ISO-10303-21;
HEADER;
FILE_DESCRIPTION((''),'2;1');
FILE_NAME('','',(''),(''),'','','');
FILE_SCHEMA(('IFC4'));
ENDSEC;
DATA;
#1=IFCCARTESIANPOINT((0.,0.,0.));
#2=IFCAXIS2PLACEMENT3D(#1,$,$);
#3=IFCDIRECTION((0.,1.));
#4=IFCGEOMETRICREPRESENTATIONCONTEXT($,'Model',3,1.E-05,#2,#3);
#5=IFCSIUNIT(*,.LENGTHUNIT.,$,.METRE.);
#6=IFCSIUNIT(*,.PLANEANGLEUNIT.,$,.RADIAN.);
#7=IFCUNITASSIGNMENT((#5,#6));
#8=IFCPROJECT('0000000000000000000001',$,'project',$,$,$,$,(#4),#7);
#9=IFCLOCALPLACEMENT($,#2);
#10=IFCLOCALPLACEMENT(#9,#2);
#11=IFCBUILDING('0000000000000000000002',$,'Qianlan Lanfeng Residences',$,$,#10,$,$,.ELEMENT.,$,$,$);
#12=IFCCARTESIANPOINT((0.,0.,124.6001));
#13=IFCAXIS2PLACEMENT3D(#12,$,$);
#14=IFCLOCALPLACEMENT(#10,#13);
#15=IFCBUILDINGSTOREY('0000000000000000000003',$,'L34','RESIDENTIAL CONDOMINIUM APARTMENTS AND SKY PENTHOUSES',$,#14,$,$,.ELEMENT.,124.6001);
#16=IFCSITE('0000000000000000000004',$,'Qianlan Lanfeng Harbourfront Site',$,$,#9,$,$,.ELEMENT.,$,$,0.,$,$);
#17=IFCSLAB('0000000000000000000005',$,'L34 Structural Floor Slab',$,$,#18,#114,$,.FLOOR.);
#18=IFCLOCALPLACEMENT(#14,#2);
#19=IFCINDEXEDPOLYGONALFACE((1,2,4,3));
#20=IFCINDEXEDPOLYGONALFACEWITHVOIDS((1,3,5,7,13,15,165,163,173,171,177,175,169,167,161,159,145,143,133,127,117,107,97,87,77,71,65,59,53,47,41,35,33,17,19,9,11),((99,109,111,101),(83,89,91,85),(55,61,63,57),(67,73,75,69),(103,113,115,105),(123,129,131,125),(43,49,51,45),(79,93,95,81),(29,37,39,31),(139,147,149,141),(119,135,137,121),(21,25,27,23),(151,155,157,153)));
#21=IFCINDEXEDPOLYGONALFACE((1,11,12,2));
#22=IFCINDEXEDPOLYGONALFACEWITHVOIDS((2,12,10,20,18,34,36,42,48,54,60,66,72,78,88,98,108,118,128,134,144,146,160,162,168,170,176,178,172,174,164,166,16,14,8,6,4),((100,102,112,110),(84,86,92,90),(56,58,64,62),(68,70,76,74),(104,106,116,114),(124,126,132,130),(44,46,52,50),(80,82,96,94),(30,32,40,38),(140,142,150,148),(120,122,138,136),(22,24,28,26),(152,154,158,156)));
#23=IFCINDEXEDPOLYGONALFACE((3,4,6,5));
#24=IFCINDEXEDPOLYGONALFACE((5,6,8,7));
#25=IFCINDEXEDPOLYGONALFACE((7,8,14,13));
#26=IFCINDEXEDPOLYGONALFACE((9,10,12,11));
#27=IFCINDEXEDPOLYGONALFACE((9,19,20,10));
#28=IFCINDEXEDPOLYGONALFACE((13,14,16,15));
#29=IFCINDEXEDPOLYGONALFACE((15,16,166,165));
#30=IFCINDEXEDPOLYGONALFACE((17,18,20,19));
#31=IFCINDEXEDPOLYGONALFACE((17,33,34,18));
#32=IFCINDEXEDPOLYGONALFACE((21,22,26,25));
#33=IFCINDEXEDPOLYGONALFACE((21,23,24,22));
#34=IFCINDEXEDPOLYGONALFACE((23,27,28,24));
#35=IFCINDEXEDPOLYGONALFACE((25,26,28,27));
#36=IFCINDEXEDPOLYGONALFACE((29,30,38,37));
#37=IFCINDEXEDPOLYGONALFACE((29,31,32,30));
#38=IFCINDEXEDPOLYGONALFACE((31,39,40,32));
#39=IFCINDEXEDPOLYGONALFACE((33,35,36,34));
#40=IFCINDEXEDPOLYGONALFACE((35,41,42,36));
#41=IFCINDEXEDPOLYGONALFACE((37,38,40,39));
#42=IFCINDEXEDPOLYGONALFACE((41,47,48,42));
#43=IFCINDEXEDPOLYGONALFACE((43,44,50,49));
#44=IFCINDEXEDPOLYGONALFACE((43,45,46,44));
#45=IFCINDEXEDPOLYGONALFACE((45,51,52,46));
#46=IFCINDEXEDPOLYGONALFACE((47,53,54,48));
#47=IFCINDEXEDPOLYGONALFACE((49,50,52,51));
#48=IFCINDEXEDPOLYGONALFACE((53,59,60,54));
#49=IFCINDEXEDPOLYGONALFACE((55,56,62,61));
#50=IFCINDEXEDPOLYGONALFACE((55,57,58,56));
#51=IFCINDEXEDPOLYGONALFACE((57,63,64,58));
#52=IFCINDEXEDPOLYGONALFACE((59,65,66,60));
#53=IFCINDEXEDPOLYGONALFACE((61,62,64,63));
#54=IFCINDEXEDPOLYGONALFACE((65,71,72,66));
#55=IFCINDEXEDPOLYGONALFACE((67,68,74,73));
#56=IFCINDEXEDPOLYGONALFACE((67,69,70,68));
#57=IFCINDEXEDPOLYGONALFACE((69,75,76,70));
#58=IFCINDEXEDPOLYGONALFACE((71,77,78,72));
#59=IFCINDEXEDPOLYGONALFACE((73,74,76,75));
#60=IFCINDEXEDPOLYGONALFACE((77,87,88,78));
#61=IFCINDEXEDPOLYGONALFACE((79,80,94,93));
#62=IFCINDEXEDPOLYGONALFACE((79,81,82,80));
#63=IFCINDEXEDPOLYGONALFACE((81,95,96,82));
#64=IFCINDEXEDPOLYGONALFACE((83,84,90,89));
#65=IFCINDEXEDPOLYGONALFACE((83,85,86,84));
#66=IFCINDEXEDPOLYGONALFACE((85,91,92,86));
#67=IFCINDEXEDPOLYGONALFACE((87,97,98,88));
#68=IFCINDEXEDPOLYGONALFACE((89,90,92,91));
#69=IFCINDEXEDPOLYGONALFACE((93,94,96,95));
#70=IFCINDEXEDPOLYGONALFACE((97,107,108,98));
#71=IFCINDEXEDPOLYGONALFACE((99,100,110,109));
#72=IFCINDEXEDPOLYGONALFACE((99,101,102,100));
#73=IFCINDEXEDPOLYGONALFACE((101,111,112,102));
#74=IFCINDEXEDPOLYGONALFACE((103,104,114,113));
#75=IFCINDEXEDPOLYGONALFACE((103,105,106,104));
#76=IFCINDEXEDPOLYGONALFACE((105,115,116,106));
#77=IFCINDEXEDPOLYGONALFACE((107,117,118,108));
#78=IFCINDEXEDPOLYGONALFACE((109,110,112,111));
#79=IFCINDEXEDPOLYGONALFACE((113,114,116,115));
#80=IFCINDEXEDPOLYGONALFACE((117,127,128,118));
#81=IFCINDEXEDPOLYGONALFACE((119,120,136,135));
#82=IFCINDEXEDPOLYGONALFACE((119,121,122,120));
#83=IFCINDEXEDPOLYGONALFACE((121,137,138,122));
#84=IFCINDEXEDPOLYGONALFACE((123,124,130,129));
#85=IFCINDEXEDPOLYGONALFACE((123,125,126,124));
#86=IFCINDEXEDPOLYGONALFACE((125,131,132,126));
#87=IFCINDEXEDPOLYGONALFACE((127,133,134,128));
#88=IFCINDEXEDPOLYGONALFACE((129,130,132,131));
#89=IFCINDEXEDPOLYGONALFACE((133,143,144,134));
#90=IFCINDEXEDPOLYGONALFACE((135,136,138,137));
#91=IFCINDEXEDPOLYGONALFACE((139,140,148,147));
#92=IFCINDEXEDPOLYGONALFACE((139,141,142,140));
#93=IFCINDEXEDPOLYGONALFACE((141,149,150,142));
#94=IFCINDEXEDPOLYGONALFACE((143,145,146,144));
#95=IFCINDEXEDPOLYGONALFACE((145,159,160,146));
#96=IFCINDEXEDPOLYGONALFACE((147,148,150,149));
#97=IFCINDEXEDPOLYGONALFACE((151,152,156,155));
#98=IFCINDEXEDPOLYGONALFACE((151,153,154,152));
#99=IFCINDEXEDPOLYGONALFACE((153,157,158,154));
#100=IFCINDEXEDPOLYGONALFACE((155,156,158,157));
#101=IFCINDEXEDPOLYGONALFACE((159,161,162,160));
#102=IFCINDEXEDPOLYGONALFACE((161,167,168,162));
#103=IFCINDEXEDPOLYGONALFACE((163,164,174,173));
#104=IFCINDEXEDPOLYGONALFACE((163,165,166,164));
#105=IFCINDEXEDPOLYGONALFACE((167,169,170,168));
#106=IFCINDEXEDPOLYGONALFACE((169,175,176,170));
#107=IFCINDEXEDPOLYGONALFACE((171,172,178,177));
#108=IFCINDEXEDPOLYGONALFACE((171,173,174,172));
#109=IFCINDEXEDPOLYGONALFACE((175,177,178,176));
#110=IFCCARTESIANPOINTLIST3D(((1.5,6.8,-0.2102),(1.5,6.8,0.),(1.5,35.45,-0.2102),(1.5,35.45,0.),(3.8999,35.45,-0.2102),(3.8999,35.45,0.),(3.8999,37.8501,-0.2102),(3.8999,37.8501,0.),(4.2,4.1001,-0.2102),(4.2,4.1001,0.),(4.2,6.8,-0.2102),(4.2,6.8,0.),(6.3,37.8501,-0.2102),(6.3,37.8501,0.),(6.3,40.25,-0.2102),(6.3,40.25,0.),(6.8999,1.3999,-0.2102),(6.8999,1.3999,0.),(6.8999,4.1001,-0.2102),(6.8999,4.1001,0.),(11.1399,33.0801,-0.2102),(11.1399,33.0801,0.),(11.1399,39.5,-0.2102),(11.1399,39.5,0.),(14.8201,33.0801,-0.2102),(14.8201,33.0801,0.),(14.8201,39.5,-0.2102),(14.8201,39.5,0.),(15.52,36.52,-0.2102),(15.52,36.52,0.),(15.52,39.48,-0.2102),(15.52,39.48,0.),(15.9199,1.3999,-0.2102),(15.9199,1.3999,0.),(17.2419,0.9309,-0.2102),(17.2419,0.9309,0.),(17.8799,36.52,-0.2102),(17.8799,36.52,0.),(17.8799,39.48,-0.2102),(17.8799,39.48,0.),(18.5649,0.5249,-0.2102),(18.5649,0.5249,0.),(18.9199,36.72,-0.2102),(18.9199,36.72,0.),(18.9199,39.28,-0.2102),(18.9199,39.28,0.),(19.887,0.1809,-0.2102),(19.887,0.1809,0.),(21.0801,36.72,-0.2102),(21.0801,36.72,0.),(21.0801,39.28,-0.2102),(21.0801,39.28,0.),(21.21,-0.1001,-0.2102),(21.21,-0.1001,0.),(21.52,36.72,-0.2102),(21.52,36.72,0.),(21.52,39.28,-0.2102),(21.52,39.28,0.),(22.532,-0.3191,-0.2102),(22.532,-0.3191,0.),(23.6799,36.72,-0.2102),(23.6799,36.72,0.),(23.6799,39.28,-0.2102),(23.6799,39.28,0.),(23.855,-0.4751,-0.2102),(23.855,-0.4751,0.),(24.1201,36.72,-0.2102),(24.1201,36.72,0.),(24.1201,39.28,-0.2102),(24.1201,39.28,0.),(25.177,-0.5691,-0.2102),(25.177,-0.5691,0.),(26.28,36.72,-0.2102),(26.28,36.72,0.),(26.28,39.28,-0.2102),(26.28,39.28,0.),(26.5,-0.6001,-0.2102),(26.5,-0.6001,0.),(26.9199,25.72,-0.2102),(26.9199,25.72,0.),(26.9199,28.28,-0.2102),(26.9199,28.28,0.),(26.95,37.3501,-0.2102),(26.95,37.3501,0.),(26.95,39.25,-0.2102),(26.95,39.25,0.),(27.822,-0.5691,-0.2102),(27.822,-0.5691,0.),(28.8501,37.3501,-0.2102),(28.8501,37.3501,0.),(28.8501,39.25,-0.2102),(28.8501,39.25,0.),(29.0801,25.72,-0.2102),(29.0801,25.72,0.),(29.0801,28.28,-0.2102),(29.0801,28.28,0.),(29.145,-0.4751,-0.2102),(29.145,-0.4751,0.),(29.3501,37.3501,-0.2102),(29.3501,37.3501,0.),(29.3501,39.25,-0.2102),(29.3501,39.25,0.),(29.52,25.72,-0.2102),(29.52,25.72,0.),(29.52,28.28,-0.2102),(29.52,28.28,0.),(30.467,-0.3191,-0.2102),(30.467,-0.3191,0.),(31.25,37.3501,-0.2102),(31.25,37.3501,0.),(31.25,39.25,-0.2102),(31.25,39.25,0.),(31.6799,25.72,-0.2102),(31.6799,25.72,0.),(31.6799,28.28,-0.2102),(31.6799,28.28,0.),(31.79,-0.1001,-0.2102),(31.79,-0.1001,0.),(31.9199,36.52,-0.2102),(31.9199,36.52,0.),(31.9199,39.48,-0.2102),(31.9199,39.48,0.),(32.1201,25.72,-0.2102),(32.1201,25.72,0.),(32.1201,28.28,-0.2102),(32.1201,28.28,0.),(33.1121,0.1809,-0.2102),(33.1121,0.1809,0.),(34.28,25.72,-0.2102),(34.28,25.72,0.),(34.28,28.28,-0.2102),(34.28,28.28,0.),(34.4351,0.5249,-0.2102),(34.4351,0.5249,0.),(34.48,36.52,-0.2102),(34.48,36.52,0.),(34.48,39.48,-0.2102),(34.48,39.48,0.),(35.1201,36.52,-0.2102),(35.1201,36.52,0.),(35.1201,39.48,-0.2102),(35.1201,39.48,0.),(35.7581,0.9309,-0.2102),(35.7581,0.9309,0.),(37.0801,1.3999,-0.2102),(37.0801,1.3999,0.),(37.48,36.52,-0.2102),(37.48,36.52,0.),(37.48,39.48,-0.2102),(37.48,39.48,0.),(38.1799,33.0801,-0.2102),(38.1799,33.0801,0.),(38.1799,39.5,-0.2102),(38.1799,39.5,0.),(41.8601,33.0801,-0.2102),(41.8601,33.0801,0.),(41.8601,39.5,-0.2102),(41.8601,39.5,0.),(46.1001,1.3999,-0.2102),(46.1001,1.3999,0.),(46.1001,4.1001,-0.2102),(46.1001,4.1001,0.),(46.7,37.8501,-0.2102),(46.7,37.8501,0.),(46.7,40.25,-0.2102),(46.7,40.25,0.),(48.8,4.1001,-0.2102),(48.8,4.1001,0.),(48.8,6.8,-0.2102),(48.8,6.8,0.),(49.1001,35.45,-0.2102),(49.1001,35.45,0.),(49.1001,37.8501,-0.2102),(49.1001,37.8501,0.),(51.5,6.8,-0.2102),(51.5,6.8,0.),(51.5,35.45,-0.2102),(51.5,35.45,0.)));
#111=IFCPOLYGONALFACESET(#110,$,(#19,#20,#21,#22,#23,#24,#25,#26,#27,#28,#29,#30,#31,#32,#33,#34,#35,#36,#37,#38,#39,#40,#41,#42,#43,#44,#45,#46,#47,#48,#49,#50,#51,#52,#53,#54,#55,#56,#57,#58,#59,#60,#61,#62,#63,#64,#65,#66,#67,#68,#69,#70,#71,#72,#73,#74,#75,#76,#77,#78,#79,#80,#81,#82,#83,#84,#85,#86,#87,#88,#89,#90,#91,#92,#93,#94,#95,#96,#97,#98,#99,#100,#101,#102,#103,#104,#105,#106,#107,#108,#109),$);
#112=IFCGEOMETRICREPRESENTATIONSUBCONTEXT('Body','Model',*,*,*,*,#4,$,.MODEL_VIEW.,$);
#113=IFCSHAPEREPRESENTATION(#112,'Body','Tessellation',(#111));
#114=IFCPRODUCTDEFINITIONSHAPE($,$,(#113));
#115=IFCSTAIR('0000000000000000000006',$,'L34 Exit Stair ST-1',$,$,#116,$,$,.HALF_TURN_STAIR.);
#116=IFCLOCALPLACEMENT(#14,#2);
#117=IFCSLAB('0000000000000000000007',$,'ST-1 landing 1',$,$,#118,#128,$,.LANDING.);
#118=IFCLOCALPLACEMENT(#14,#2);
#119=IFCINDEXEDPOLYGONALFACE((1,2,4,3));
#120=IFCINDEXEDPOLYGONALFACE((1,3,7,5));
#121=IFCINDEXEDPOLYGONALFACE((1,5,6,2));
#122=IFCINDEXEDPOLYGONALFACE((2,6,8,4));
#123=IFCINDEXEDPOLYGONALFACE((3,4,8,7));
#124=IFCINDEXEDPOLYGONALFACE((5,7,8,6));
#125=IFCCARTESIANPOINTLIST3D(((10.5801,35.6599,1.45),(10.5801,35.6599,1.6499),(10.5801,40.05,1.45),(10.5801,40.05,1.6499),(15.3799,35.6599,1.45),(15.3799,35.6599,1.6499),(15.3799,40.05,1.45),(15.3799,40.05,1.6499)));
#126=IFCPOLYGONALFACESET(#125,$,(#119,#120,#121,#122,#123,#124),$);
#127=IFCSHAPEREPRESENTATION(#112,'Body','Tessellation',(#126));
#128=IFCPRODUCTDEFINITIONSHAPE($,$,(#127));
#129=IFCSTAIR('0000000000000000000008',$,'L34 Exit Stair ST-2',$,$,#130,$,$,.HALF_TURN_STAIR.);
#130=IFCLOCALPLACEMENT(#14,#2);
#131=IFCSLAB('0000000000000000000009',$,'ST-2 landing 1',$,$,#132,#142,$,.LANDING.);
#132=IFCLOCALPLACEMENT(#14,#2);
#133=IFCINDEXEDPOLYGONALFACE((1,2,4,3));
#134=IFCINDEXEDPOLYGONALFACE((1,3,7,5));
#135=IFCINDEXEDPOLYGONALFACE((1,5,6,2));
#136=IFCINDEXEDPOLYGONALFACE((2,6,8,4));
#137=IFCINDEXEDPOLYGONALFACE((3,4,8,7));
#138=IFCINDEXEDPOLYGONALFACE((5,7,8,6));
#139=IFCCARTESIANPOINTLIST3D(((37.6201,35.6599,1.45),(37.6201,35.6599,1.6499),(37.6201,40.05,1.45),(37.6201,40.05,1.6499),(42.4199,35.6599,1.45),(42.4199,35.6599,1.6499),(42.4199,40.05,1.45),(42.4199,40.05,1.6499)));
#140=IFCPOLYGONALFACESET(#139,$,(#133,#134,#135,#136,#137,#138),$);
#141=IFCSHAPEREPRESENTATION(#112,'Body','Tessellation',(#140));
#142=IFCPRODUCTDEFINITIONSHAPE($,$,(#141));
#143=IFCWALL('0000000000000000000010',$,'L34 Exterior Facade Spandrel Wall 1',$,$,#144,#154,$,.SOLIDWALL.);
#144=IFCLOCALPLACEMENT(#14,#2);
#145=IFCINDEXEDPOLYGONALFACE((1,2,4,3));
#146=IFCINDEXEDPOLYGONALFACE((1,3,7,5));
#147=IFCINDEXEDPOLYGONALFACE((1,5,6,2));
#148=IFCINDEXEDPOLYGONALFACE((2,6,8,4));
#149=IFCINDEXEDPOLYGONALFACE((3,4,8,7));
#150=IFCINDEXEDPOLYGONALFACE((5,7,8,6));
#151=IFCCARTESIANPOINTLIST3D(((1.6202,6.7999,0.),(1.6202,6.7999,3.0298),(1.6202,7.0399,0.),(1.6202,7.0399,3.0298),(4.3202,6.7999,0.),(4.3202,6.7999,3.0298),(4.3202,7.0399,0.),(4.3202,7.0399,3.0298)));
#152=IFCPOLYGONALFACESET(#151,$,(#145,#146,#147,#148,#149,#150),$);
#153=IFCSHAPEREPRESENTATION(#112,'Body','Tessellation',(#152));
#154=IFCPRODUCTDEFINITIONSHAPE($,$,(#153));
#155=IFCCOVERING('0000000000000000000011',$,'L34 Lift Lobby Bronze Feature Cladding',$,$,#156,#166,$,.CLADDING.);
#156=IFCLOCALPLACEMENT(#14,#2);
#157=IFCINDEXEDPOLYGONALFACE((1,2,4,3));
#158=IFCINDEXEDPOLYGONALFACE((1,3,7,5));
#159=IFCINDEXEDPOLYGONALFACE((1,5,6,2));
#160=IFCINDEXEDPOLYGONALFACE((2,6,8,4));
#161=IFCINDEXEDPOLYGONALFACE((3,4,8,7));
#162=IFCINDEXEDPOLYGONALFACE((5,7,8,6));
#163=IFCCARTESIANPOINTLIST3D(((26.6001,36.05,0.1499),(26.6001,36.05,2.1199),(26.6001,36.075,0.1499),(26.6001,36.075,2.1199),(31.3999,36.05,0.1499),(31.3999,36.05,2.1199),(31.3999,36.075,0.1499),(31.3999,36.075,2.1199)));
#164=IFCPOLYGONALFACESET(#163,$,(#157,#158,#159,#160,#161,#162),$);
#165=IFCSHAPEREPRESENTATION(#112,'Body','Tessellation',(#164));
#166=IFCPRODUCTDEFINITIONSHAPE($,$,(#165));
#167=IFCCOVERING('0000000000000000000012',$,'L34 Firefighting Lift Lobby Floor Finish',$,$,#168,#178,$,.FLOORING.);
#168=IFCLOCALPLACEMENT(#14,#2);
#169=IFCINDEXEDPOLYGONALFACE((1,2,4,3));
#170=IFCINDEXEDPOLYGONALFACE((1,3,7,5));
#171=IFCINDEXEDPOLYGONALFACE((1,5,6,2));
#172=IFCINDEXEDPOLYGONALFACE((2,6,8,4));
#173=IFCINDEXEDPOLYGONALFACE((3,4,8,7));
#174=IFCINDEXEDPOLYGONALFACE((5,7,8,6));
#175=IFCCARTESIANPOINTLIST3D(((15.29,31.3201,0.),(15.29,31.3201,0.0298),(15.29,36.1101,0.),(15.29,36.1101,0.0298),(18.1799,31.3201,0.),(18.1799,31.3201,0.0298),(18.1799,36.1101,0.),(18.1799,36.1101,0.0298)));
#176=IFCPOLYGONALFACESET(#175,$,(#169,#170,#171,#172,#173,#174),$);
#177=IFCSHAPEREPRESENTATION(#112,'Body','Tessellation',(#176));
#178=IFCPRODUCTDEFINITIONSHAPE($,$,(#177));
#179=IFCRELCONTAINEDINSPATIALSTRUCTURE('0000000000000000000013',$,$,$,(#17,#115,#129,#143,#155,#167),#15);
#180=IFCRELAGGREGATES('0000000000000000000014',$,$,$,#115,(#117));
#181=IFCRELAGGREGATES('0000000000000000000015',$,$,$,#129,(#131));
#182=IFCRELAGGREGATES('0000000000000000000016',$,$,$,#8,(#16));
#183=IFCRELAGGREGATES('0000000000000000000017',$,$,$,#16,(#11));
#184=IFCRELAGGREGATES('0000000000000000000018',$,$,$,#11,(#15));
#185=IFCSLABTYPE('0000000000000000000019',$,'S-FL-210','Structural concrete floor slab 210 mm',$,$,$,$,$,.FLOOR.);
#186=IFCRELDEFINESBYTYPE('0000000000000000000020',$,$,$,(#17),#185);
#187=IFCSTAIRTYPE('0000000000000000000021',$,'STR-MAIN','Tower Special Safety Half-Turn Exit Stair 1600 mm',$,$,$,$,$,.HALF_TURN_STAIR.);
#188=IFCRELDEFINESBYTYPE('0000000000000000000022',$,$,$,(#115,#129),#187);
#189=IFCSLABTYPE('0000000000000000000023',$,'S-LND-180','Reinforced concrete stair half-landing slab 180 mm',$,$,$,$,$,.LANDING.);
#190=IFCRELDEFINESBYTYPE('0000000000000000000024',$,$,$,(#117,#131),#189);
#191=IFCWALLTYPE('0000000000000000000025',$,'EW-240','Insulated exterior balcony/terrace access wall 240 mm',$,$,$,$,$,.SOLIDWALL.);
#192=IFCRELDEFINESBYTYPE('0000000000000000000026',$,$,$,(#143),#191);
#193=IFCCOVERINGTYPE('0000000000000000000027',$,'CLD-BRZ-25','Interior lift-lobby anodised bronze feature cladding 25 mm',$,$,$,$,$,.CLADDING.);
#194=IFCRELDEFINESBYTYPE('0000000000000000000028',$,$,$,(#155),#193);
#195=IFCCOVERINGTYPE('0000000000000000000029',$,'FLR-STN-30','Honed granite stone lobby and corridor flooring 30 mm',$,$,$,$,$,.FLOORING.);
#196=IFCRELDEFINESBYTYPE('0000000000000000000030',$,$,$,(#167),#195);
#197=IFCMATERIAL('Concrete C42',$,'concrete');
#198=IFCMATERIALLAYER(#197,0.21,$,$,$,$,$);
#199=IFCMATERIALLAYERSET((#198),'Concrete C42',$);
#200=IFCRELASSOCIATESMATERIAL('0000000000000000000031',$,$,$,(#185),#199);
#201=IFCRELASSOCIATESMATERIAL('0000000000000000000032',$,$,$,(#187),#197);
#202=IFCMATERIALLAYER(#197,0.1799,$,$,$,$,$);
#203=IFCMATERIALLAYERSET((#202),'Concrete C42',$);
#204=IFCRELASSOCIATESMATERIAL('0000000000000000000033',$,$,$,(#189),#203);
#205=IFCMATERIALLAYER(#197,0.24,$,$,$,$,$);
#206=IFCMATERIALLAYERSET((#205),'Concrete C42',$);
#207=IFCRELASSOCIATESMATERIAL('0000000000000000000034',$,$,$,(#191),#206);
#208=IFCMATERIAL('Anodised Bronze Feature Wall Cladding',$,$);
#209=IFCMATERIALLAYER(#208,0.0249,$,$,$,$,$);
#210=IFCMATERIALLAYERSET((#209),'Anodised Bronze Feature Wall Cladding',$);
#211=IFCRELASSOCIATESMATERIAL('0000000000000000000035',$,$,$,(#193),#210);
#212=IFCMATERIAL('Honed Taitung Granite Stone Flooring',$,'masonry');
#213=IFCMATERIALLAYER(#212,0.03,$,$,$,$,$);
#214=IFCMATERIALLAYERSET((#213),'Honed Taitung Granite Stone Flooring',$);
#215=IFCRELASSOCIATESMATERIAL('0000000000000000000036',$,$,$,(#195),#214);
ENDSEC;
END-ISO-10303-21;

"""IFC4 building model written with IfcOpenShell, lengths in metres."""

from ifc_helpers import new_model, si_unit, direction, frame, frame_2d, origin, place, context, subcontext, project, spatial, polyline, rectangle, outline, extrude, material, layer, layer_set, type_object, element, aggregate, save


model = new_model("IFC4")

# Units and contexts
model_context = context("Model", 3, precision=1e-05, world=origin(), true_north=direction((0.0, 1.0)))
body_context = subcontext(model_context, "Body", "Model", "MODEL_VIEW")
ifc_project = project(units=[si_unit("LENGTHUNIT", "METRE"), si_unit("PLANEANGLEUNIT", "RADIAN")], contexts=[model_context])

# Site, building, storey
site_placement = place(None, origin())
site = spatial("IfcSite", under=ifc_project, at=site_placement, Name="Qianlan Lanfeng Harbourfront Site", CompositionType="ELEMENT", RefElevation=0.0)
building_placement = place(site_placement, origin())
building = spatial("IfcBuilding", under=site, at=building_placement, Name="Qianlan Lanfeng Residences", CompositionType="ELEMENT")
storey_placement = place(building_placement, frame((0.0, 0.0, 124.6001)))
storey = spatial("IfcBuildingStorey", under=building, at=storey_placement, Name="L34", Description="RESIDENTIAL CONDOMINIUM APARTMENTS AND SKY PENTHOUSES", CompositionType="ELEMENT", Elevation=124.6001)

# Slab
ifc_material_1 = material(Name="Concrete C42", Category="concrete")
ifc_layer_1 = layer(ifc_material_1, 0.21)
ifc_layer_set_1 = layer_set([ifc_layer_1], Name="Concrete C42")
slab_type_1 = type_object("IfcSlabType", Name="S-FL-210", Description="Structural concrete floor slab 210 mm", PredefinedType="FLOOR", material=ifc_layer_set_1)
slab_1_placement = place(storey_placement, frame((0.0, 0.0, -0.2102)))
element("IfcSlab", 1, at=slab_1_placement, inside=storey, type_object=slab_type_1, Name="L34 Structural Floor Slab", PredefinedType="FLOOR", context=body_context, shape_type="SweptSolid", body=[
    extrude(outline(polyline([(1.5, 6.8), (4.2, 6.8), (4.2, 4.1001), (6.8999, 4.1001), (6.8999, 1.3999), (15.9199, 1.3999), (17.2419, 0.9309), (18.5649, 0.5249), (19.887, 0.1809), (21.21, -0.1001), (22.532, -0.3191), (23.855, -0.4751), (25.177, -0.5691), (26.5, -0.6001), (27.822, -0.5691), (29.145, -0.4751), (30.467, -0.3191), (31.79, -0.1001), (33.1121, 0.1809), (34.4351, 0.5249), (35.7581, 0.9309), (37.0801, 1.3999), (46.1001, 1.3999), (46.1001, 4.1001), (48.8, 4.1001), (48.8, 6.8), (51.5, 6.8), (51.5, 35.45), (49.1001, 35.45), (49.1001, 37.8501), (46.7, 37.8501), (46.7, 40.25), (6.3, 40.25), (6.3, 37.8501), (3.8999, 37.8501), (3.8999, 35.45), (1.5, 35.45), (1.5, 6.8)]), holes=[polyline([(11.1399, 33.0801), (11.1399, 39.5), (14.8201, 39.5), (14.8201, 33.0801), (11.1399, 33.0801)]), polyline([(38.1799, 33.0801), (38.1799, 39.5), (41.8601, 39.5), (41.8601, 33.0801), (38.1799, 33.0801)]), polyline([(15.52, 36.52), (15.52, 39.48), (17.8799, 39.48), (17.8799, 36.52), (15.52, 36.52)]), polyline([(35.1201, 36.52), (35.1201, 39.48), (37.48, 39.48), (37.48, 36.52), (35.1201, 36.52)]), polyline([(31.9199, 36.52), (31.9199, 39.48), (34.48, 39.48), (34.48, 36.52), (31.9199, 36.52)]), polyline([(26.9199, 25.72), (26.9199, 28.28), (29.0801, 28.28), (29.0801, 25.72), (26.9199, 25.72)]), polyline([(29.52, 25.72), (29.52, 28.28), (31.6799, 28.28), (31.6799, 25.72), (29.52, 25.72)]), polyline([(32.1201, 25.72), (32.1201, 28.28), (34.28, 28.28), (34.28, 25.72), (32.1201, 25.72)]), polyline([(18.9199, 36.72), (18.9199, 39.28), (21.0801, 39.28), (21.0801, 36.72), (18.9199, 36.72)]), polyline([(21.52, 36.72), (21.52, 39.28), (23.6799, 39.28), (23.6799, 36.72), (21.52, 36.72)]), polyline([(24.1201, 36.72), (24.1201, 39.28), (26.28, 39.28), (26.28, 36.72), (24.1201, 36.72)]), polyline([(26.95, 37.3501), (26.95, 39.25), (28.8501, 39.25), (28.8501, 37.3501), (26.95, 37.3501)]), polyline([(29.3501, 37.3501), (29.3501, 39.25), (31.25, 39.25), (31.25, 37.3501), (29.3501, 37.3501)])]), origin(), (0.0, 0.0, 1.0), 0.2102),
])

# Stairs, slabs
stair_type = type_object("IfcStairType", Name="STR-MAIN", Description="Tower Special Safety Half-Turn Exit Stair 1600 mm", PredefinedType="HALF_TURN_STAIR", material=ifc_material_1)
stair_1_placement = place(storey_placement, origin())
stair_1 = element("IfcStair", 2, at=stair_1_placement, inside=storey, type_object=stair_type, Name="L34 Exit Stair ST-1", PredefinedType="HALF_TURN_STAIR")
ifc_layer_2 = layer(ifc_material_1, 0.1799)
ifc_layer_set_2 = layer_set([ifc_layer_2], Name="Concrete C42")
slab_type_2 = type_object("IfcSlabType", Name="S-LND-180", Description="Reinforced concrete stair half-landing slab 180 mm", PredefinedType="LANDING", material=ifc_layer_set_2)
slab_2_placement = place(storey_placement, frame((0.0, 0.0, 1.45)))
slab_2 = element("IfcSlab", 3, at=slab_2_placement, type_object=slab_type_2, Name="ST-1 landing 1", PredefinedType="LANDING", context=body_context, shape_type="SweptSolid", body=[
    extrude(outline(polyline([(10.5801, 35.6599), (15.3799, 35.6599), (15.3799, 40.05), (10.5801, 40.05), (10.5801, 35.6599)])), origin(), (0.0, 0.0, 1.0), 0.2),
])
aggregate(stair_1, [slab_2])
stair_2_placement = place(storey_placement, origin())
stair_2 = element("IfcStair", 4, at=stair_2_placement, inside=storey, type_object=stair_type, Name="L34 Exit Stair ST-2", PredefinedType="HALF_TURN_STAIR")
slab_3_placement = place(storey_placement, frame((0.0, 0.0, 1.45)))
slab_3 = element("IfcSlab", 5, at=slab_3_placement, type_object=slab_type_2, Name="ST-2 landing 1", PredefinedType="LANDING", context=body_context, shape_type="SweptSolid", body=[
    extrude(outline(polyline([(37.6201, 35.6599), (42.4199, 35.6599), (42.4199, 40.05), (37.6201, 40.05), (37.6201, 35.6599)])), origin(), (0.0, 0.0, 1.0), 0.2),
])
aggregate(stair_2, [slab_3])

# Wall
ifc_layer_3 = layer(ifc_material_1, 0.24)
ifc_layer_set_3 = layer_set([ifc_layer_3], Name="Concrete C42")
wall_type = type_object("IfcWallType", Name="EW-240", Description="Insulated exterior balcony/terrace access wall 240 mm", PredefinedType="SOLIDWALL", material=ifc_layer_set_3)
wall_placement = place(storey_placement, frame((1.6201, 6.9199, 0.0), z_axis=(0.0, 0.0, 1.0), x_axis=(1.0, 0.0, 0.0)))
element("IfcWall", 6, at=wall_placement, inside=storey, type_object=wall_type, Name="L34 Exterior Facade Spandrel Wall 1", PredefinedType="SOLIDWALL", context=body_context, shape_type="SweptSolid", body=[
    extrude(rectangle(XDim=2.7, YDim=0.24, at=frame_2d((1.3501, 0.0))), origin(), (0.0, 0.0, 1.0), 3.0298),
])

# Coverings
ifc_material_2 = material(Name="Anodised Bronze Feature Wall Cladding")
ifc_layer_4 = layer(ifc_material_2, 0.0249)
ifc_layer_set_4 = layer_set([ifc_layer_4], Name="Anodised Bronze Feature Wall Cladding")
covering_type_1 = type_object("IfcCoveringType", Name="CLD-BRZ-25", Description="Interior lift-lobby anodised bronze feature cladding 25 mm", PredefinedType="CLADDING", material=ifc_layer_set_4)
covering_1_placement = place(storey_placement, frame((0.0, 0.0, 0.1499)))
element("IfcCovering", 7, at=covering_1_placement, inside=storey, type_object=covering_type_1, Name="L34 Lift Lobby Bronze Feature Cladding", PredefinedType="CLADDING", context=body_context, shape_type="SweptSolid", body=[
    extrude(outline(polyline([(26.6001, 36.05), (31.3999, 36.05), (31.3999, 36.075), (26.6001, 36.075), (26.6001, 36.05)])), origin(), (0.0, 0.0, 1.0), 1.97),
])
ifc_material_3 = material(Name="Honed Taitung Granite Stone Flooring", Category="masonry")
ifc_layer_5 = layer(ifc_material_3, 0.03)
ifc_layer_set_5 = layer_set([ifc_layer_5], Name="Honed Taitung Granite Stone Flooring")
covering_type_2 = type_object("IfcCoveringType", Name="FLR-STN-30", Description="Honed granite stone lobby and corridor flooring 30 mm", PredefinedType="FLOORING", material=ifc_layer_set_5)
covering_2_placement = place(storey_placement, origin())
element("IfcCovering", 8, at=covering_2_placement, inside=storey, type_object=covering_type_2, Name="L34 Firefighting Lift Lobby Floor Finish", PredefinedType="FLOORING", context=body_context, shape_type="SweptSolid", body=[
    extrude(outline(polyline([(15.29, 31.3201), (18.1799, 31.3201), (18.1799, 36.1101), (15.29, 36.1101), (15.29, 31.3201)])), origin(), (0.0, 0.0, 1.0), 0.0298),
])

save(model, "model.ifc")
